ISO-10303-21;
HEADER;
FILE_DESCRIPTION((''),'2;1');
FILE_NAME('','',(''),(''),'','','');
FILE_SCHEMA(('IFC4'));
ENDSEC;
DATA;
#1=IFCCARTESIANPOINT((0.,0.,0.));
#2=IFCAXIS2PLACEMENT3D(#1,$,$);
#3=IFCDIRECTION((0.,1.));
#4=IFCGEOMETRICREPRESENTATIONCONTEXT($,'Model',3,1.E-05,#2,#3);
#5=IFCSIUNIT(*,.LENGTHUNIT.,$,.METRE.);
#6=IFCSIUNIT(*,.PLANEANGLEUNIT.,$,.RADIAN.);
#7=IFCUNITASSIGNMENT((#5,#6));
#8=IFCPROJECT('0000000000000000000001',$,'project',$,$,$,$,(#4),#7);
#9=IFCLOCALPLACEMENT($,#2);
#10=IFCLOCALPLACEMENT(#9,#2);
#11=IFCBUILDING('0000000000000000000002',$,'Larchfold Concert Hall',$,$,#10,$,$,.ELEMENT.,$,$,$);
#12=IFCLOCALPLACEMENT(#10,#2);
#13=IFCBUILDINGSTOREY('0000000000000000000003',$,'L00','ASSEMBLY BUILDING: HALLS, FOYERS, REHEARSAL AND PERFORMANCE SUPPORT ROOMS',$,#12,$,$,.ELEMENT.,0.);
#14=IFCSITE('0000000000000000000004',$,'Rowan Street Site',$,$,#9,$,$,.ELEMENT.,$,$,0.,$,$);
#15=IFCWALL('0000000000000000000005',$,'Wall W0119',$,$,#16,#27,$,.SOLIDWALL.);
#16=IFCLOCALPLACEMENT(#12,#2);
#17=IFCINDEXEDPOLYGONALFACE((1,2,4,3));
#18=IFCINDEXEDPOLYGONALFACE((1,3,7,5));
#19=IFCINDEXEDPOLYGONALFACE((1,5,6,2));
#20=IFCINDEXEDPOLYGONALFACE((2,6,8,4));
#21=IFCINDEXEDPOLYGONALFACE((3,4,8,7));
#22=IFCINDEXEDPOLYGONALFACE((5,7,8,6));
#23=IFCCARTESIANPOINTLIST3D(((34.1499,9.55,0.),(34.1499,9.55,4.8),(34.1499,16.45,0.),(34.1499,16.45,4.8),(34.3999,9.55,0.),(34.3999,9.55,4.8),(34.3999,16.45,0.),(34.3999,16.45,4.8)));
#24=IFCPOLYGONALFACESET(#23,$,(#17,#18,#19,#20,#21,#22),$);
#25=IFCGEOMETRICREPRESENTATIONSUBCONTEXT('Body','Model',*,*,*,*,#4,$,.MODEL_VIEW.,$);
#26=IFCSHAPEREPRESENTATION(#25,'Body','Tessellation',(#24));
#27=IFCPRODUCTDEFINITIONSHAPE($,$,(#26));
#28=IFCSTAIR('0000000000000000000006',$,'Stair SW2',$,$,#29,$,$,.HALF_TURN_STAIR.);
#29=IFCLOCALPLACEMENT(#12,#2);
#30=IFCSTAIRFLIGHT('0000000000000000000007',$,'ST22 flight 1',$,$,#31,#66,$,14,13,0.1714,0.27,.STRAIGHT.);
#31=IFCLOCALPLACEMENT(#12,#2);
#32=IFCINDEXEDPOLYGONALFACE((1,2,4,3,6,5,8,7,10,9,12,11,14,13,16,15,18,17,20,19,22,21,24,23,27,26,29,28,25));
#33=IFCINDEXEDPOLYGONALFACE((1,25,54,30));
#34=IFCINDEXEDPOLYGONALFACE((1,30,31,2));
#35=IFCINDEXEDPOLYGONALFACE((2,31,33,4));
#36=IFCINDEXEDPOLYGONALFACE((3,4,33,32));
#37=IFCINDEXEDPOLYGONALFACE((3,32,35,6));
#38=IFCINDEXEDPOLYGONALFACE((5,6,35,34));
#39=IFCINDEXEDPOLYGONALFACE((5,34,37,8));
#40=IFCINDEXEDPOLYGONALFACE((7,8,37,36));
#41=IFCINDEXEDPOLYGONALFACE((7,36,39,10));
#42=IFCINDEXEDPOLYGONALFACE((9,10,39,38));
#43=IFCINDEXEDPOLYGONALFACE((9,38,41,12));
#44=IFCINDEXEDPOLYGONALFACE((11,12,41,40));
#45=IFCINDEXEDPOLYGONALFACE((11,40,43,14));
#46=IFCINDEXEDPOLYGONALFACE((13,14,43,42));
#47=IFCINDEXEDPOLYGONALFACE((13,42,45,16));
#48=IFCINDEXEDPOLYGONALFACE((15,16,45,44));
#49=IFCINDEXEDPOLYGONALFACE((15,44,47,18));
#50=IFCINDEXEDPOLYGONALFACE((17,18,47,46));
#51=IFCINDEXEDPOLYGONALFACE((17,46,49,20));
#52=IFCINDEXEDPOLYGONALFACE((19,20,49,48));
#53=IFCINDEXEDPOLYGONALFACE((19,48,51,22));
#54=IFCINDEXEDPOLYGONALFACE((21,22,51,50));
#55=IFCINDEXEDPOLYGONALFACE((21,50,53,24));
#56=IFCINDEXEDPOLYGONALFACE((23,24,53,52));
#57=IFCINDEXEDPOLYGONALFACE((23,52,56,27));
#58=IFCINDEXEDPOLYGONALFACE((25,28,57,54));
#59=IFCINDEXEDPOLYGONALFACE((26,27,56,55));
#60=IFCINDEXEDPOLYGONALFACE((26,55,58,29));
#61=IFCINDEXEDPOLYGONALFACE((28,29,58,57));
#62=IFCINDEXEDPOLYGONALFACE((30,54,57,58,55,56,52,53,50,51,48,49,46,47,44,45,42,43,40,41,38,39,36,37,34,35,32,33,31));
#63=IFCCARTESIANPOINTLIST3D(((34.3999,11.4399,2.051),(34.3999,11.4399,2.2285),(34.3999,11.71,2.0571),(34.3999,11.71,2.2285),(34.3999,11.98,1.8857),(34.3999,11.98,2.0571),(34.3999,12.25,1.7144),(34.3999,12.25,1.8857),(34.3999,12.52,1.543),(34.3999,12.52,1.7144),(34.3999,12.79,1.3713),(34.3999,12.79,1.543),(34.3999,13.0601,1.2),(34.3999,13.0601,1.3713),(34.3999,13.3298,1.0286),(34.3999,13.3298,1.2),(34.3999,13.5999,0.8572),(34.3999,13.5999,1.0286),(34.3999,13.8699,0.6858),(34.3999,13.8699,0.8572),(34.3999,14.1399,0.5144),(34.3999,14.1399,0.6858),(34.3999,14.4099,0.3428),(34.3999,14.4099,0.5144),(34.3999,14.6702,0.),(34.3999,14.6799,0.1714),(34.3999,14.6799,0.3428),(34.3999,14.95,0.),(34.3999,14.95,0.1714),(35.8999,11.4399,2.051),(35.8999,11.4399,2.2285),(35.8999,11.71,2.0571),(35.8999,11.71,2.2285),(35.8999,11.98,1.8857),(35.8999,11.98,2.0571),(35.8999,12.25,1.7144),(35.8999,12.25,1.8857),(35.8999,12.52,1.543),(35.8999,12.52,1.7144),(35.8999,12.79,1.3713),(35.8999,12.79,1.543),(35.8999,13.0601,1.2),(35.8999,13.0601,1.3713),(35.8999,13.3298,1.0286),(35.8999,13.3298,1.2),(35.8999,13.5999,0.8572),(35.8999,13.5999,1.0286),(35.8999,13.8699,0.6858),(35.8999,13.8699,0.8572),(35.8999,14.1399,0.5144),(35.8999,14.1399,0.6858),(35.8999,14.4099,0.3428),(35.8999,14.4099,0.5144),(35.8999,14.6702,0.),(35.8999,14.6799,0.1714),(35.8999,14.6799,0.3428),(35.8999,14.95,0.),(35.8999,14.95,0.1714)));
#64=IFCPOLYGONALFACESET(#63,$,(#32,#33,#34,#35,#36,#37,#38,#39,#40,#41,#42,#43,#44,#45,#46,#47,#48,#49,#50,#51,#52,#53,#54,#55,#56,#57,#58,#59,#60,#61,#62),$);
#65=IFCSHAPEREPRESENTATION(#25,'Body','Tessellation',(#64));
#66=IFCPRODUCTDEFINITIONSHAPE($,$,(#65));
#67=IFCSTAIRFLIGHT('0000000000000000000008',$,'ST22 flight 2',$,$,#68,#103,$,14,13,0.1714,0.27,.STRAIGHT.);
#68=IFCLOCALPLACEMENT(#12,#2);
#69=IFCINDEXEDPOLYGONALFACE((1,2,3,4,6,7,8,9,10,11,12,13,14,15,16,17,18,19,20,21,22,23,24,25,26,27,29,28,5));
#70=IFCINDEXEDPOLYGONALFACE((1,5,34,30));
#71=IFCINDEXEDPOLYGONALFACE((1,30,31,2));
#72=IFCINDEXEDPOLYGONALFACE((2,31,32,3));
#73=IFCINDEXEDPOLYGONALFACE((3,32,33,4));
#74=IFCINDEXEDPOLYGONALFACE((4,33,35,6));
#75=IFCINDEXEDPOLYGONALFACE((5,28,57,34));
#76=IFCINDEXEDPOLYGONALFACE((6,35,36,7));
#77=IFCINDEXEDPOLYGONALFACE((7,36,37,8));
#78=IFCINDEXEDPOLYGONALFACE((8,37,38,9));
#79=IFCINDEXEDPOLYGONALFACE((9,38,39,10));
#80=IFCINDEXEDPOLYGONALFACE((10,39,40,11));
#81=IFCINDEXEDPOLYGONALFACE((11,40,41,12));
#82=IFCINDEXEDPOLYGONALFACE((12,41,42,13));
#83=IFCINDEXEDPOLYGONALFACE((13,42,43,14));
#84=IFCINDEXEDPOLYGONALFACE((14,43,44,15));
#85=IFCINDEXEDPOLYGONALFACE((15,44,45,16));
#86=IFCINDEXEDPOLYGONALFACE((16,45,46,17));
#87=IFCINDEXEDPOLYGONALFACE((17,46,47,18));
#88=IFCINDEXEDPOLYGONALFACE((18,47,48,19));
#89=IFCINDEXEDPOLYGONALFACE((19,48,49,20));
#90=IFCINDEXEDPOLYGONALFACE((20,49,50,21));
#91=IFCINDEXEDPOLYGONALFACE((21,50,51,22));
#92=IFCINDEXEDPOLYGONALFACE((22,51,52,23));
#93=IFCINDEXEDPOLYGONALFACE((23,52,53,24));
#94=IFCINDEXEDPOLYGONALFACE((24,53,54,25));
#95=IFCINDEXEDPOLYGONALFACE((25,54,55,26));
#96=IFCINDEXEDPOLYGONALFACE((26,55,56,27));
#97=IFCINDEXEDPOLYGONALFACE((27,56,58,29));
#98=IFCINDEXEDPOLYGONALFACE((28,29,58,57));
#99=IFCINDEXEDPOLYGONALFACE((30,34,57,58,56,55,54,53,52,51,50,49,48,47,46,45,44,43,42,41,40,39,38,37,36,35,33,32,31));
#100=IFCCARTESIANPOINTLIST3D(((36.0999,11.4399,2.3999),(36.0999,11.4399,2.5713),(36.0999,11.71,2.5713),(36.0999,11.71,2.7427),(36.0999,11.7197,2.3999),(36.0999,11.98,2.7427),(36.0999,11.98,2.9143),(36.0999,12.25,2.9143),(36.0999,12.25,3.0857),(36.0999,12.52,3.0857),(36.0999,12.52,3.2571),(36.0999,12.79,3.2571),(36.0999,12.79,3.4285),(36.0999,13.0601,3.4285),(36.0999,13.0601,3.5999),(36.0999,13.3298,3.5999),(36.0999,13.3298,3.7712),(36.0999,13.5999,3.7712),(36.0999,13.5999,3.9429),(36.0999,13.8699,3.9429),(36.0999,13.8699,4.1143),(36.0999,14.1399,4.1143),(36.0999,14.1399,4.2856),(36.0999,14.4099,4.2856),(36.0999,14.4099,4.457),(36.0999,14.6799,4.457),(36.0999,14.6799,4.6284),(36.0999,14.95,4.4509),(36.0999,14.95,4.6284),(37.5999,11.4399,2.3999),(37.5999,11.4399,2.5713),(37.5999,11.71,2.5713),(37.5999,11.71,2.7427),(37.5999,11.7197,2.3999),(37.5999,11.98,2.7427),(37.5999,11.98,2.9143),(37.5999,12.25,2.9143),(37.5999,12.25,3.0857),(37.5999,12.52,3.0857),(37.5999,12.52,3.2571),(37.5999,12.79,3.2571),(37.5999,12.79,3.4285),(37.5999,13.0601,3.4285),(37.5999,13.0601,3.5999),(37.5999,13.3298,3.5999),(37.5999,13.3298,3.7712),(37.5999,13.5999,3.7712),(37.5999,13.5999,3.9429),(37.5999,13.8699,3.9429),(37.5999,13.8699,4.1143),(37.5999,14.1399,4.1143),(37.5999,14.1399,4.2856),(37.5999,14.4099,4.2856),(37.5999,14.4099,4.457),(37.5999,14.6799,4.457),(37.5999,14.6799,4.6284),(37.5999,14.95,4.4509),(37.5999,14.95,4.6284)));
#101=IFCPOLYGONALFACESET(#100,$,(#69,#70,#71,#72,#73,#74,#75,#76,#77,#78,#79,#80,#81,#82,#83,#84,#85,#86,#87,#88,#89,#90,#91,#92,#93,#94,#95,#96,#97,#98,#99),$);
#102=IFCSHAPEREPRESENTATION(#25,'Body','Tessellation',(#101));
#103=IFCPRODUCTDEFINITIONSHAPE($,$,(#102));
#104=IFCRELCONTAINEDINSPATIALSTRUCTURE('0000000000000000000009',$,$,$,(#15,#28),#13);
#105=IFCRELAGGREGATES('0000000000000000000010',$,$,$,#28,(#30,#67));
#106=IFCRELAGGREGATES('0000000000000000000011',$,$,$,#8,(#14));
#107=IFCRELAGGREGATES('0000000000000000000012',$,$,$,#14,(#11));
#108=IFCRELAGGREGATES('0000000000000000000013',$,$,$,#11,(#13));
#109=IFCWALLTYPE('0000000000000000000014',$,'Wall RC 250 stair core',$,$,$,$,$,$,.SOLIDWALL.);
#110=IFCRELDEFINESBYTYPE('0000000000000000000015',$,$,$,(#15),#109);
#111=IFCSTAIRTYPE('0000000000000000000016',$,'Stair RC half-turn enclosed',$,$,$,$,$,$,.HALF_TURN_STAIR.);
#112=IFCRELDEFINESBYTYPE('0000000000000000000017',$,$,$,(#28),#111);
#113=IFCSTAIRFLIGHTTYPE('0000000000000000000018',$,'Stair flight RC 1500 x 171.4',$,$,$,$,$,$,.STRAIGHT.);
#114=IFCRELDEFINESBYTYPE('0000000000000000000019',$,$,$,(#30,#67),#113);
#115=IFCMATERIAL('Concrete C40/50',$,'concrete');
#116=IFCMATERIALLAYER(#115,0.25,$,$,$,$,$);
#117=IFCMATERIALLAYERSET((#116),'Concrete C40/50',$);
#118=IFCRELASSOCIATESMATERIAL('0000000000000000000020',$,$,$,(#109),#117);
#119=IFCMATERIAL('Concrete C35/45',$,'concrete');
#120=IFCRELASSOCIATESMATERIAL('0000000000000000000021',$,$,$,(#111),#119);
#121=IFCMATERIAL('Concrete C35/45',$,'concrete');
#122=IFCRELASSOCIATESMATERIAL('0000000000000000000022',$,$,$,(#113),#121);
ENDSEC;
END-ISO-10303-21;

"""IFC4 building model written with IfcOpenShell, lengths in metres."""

from ifc_helpers import new_model, si_unit, direction, frame, frame_2d, origin, place, context, subcontext, project, spatial, polyline, rectangle, outline, extrude, material, layer, layer_set, type_object, element, aggregate, save


model = new_model("IFC4")

# Units and contexts
model_context = context("Model", 3, precision=1e-05, world=origin(), true_north=direction((0.0, 1.0)))
body_context = subcontext(model_context, "Body", "Model", "MODEL_VIEW")
ifc_project = project(units=[si_unit("LENGTHUNIT", "METRE"), si_unit("PLANEANGLEUNIT", "RADIAN")], contexts=[model_context])

# Site, building, storey
site_placement = place(None, origin())
site = spatial("IfcSite", under=ifc_project, at=site_placement, Name="Rowan Street Site", CompositionType="ELEMENT", RefElevation=0.0)
building_placement = place(site_placement, origin())
building = spatial("IfcBuilding", under=site, at=building_placement, Name="Larchfold Concert Hall", CompositionType="ELEMENT")
storey_placement = place(building_placement, origin())
storey = spatial("IfcBuildingStorey", under=building, at=storey_placement, Name="L00", Description="ASSEMBLY BUILDING: HALLS, FOYERS, REHEARSAL AND PERFORMANCE SUPPORT ROOMS", CompositionType="ELEMENT", Elevation=0.0)

# Wall
ifc_material_1 = material(Name="Concrete C40/50", Category="concrete")
ifc_layer_1 = layer(ifc_material_1, 0.25)
ifc_layer_set_1 = layer_set([ifc_layer_1], Name="Concrete C40/50")
wall_type_1 = type_object("IfcWallType", Name="Wall RC 250 stair core", PredefinedType="SOLIDWALL", material=ifc_layer_set_1)
wall_1_placement = place(storey_placement, frame((34.2749, 9.55, 0.0), z_axis=(0.0, 0.0, 1.0), x_axis=(0.0, 1.0, 0.0)))
element("IfcWall", 1, at=wall_1_placement, inside=storey, type_object=wall_type_1, Name="Wall W0119", PredefinedType="SOLIDWALL", context=body_context, shape_type="SweptSolid", body=[
    extrude(rectangle(XDim=6.8999, YDim=0.25, at=frame_2d((3.45, 0.0))), origin(), (0.0, 0.0, 1.0), 4.8),
])

# Stair, stair flights
ifc_material_2 = material(Name="Concrete C35/45", Category="concrete")
stair_type = type_object("IfcStairType", Name="Stair RC half-turn enclosed", PredefinedType="HALF_TURN_STAIR", material=ifc_material_2)
stair_placement = place(storey_placement, origin())
stair = element("IfcStair", 2, at=stair_placement, inside=storey, type_object=stair_type, Name="Stair SW2", PredefinedType="HALF_TURN_STAIR")
ifc_material_3 = material(Name="Concrete C35/45", Category="concrete")
stair_flight_type = type_object("IfcStairFlightType", Name="Stair flight RC 1500 x 171.4", PredefinedType="STRAIGHT", material=ifc_material_3)
stair_flight_1_placement = place(storey_placement, frame((35.1499, 14.95, 0.0), z_axis=(0.0, 0.0, 1.0), x_axis=(0.0, -1.0, 0.0)))
stair_flight_1 = element("IfcStairFlight", 3, at=stair_flight_1_placement, type_object=stair_flight_type, Name="ST22 flight 1", NumberOfRisers=14, NumberOfTreads=13, PredefinedType="STRAIGHT", RiserHeight=0.1714, TreadLength=0.27, context=body_context, shape_type="SweptSolid", body=[
    extrude(outline(polyline([(0.0, 0.0), (0.0, 0.1714), (0.27, 0.1714), (0.27, 0.3428), (0.54, 0.3428), (0.54, 0.5144), (0.8101, 0.5144), (0.8101, 0.6858), (1.0801, 0.6858), (1.0801, 0.8572), (1.3501, 0.8572), (1.3501, 1.0286), (1.6201, 1.0286), (1.6201, 1.2), (1.8899, 1.2), (1.8899, 1.3713), (2.1599, 1.3713), (2.1599, 1.543), (2.4299, 1.543), (2.4299, 1.7144), (2.7, 1.7144), (2.7, 1.8857), (2.97, 1.8857), (2.97, 2.0571), (3.24, 2.0571), (3.24, 2.2285), (3.51, 2.2285), (3.51, 2.3999), (3.51, 2.051), (0.2798, 0.0), (0.0, 0.0)])), frame((0.0, 0.75, 0.0), z_axis=(0.0, -1.0, 0.0), x_axis=(1.0, 0.0, 0.0)), (0.0, 0.0, 1.0), 1.5),
])
stair_flight_2_placement = place(storey_placement, frame((36.8499, 11.4399, 2.3999), z_axis=(0.0, 0.0, 1.0), x_axis=(0.0, 1.0, 0.0)))
stair_flight_2 = element("IfcStairFlight", 4, at=stair_flight_2_placement, type_object=stair_flight_type, Name="ST22 flight 2", NumberOfRisers=14, NumberOfTreads=13, PredefinedType="STRAIGHT", RiserHeight=0.1714, TreadLength=0.27, context=body_context, shape_type="SweptSolid", body=[
    extrude(outline(polyline([(0.0, 0.0), (0.0, 0.1714), (0.27, 0.1714), (0.27, 0.3428), (0.54, 0.3428), (0.54, 0.5144), (0.8101, 0.5144), (0.8101, 0.6858), (1.0801, 0.6858), (1.0801, 0.8572), (1.3501, 0.8572), (1.3501, 1.0286), (1.6201, 1.0286), (1.6201, 1.2), (1.8899, 1.2), (1.8899, 1.3713), (2.1599, 1.3713), (2.1599, 1.543), (2.4299, 1.543), (2.4299, 1.7144), (2.7, 1.7144), (2.7, 1.8857), (2.97, 1.8857), (2.97, 2.0571), (3.24, 2.0571), (3.24, 2.2285), (3.51, 2.2285), (3.51, 2.3999), (3.51, 2.051), (0.2798, 0.0), (0.0, 0.0)])), frame((0.0, 0.75, 0.0), z_axis=(0.0, -1.0, 0.0), x_axis=(1.0, 0.0, 0.0)), (0.0, 0.0, 1.0), 1.5),
])
aggregate(stair, [stair_flight_1, stair_flight_2])

save(model, "model.ifc")
